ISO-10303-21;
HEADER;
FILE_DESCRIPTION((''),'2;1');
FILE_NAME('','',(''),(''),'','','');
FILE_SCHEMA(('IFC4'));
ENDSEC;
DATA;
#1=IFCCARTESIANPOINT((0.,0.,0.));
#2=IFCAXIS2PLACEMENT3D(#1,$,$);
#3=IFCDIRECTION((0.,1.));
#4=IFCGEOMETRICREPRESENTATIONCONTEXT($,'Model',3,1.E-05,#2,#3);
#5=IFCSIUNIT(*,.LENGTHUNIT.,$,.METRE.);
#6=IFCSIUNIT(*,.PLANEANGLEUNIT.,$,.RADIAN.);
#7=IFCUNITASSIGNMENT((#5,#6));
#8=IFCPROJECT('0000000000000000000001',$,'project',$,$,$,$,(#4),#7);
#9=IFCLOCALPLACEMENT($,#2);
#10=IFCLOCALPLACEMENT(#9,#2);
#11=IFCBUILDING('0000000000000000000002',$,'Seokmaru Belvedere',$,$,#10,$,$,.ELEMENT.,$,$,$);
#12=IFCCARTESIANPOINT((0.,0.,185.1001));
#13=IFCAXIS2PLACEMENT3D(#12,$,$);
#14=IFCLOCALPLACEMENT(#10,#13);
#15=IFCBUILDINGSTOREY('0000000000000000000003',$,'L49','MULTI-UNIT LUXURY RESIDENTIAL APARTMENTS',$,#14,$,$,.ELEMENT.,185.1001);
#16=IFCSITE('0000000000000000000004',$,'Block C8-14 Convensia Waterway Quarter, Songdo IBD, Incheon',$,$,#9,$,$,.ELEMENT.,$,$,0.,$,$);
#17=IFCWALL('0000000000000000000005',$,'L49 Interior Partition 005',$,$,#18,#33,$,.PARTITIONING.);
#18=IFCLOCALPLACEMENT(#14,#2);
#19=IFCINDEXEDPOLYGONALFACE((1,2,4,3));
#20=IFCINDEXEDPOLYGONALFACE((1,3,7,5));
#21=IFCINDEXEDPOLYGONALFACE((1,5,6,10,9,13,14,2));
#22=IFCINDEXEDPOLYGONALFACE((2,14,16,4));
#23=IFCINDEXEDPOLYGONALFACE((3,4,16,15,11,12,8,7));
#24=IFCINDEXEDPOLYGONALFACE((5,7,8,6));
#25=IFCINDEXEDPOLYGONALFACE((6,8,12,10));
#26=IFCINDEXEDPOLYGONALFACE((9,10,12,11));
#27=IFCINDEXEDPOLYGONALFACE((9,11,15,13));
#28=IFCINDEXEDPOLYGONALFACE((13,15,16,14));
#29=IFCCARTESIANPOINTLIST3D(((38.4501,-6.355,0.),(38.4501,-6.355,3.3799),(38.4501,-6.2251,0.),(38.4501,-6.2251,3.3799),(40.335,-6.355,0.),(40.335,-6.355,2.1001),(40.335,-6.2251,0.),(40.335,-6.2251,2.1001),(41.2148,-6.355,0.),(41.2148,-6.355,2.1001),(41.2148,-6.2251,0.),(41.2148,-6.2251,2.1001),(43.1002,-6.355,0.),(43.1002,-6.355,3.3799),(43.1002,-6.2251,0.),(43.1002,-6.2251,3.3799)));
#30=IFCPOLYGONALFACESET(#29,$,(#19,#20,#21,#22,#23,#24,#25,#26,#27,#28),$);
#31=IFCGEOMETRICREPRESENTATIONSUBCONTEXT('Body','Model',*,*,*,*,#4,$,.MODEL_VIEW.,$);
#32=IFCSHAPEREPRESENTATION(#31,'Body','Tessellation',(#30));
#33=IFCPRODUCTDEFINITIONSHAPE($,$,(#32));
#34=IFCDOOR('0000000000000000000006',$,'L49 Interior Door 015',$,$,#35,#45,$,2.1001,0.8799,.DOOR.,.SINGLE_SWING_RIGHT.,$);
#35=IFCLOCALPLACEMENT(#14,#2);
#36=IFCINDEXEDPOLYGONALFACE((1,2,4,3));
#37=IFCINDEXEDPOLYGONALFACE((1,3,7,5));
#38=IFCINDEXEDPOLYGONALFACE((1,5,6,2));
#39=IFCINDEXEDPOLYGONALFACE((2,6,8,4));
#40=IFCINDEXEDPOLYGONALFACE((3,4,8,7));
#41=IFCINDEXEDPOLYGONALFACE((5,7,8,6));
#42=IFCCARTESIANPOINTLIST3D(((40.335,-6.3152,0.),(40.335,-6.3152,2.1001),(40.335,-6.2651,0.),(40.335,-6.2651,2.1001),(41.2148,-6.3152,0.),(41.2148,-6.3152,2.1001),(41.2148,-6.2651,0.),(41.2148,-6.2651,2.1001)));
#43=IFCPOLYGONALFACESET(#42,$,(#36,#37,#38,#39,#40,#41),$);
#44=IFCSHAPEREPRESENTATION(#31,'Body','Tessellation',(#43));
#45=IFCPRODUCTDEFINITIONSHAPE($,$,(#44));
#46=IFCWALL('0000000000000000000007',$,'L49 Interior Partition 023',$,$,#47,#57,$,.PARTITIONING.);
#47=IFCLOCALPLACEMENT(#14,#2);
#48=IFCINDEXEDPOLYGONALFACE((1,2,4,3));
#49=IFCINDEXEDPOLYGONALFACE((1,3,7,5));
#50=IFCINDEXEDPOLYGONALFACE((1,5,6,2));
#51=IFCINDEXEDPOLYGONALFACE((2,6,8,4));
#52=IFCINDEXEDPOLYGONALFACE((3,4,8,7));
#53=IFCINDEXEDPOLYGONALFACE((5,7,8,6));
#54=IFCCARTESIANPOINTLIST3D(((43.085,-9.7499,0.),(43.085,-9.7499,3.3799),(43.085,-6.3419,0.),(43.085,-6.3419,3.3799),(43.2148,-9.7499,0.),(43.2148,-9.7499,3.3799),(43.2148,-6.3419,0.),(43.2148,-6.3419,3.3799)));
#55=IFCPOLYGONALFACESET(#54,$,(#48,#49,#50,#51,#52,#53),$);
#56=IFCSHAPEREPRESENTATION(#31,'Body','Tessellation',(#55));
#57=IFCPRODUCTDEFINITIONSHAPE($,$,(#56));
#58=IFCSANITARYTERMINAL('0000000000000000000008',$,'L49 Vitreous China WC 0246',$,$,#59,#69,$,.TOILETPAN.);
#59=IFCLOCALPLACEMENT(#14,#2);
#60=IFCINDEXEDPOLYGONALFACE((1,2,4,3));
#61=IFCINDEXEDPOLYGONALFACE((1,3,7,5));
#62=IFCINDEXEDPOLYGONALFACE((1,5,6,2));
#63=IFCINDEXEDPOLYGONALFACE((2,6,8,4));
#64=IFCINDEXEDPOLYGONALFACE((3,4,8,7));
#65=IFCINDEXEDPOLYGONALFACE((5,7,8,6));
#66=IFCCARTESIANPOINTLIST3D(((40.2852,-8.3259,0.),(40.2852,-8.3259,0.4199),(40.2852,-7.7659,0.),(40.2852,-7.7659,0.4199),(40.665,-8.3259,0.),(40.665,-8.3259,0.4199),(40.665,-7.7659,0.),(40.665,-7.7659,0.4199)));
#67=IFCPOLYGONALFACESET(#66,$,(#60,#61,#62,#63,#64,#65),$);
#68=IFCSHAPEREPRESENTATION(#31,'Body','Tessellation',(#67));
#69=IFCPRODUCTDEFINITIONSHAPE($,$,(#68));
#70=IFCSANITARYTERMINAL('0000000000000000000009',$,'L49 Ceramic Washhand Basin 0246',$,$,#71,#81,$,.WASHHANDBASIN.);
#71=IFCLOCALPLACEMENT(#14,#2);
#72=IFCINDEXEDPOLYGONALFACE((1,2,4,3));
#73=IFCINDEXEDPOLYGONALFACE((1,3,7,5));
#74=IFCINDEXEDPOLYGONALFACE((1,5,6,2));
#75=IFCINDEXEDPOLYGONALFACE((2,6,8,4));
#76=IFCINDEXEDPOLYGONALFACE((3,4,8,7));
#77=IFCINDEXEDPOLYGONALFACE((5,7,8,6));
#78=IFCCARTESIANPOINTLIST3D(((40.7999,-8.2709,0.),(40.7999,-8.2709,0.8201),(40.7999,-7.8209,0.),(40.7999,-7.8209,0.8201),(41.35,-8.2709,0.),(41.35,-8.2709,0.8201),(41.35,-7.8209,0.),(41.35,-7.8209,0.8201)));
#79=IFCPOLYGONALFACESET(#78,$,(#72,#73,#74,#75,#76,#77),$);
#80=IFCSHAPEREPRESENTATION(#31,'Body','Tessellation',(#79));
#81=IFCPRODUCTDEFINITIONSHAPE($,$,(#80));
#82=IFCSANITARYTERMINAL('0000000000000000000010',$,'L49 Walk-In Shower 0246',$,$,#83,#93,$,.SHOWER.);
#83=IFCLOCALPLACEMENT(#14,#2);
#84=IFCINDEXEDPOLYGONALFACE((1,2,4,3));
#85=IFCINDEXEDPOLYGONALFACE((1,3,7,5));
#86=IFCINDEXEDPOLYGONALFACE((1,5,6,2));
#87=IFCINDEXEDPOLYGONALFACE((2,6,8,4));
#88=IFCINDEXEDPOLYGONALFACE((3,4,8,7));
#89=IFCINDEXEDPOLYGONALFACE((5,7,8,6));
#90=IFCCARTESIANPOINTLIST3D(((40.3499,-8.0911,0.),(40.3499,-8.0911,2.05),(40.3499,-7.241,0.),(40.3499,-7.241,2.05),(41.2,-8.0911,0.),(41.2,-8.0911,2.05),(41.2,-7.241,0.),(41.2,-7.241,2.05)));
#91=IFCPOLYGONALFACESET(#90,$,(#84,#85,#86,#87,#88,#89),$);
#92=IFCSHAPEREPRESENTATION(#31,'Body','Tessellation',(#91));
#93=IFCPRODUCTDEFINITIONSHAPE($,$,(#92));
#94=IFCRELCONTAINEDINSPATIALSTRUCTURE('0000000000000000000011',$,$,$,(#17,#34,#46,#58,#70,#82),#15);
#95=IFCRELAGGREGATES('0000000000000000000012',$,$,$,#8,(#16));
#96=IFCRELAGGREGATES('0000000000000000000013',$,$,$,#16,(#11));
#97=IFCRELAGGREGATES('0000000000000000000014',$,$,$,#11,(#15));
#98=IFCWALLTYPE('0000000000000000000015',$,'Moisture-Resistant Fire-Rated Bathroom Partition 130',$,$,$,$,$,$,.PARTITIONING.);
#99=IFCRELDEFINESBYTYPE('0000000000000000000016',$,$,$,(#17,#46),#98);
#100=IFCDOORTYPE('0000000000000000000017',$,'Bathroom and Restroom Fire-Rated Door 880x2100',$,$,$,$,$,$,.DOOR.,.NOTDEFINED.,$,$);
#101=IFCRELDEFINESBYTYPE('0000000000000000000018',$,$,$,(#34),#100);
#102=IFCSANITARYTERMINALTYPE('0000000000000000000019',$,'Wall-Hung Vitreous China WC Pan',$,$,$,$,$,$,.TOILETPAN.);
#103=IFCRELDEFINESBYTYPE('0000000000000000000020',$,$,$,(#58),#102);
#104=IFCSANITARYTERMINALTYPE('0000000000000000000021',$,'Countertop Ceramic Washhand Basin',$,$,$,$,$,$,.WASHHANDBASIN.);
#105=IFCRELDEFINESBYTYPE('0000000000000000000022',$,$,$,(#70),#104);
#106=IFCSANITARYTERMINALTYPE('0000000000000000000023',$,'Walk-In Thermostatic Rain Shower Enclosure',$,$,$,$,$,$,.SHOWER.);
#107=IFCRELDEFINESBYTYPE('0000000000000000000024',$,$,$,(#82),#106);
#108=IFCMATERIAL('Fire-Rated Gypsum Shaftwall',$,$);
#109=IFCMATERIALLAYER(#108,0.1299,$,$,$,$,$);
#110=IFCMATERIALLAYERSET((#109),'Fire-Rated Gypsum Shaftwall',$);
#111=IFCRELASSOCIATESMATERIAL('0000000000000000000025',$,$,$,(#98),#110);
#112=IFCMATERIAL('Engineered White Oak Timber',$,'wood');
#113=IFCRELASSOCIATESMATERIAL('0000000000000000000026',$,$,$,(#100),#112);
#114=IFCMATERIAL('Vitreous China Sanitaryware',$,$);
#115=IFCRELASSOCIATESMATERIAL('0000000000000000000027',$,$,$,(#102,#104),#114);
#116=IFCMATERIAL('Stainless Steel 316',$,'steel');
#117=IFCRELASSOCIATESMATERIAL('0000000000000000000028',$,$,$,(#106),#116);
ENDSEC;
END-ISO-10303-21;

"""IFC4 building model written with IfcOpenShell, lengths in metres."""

from ifc_helpers import new_model, si_unit, direction, frame, frame_2d, origin, origin_2d, place, context, subcontext, project, spatial, rectangle, extrude, source, transform, mapped, material, layer, layer_set, type_object, type_shapes, element, fill, save


model = new_model("IFC4")

# Units and contexts
model_context = context("Model", 3, precision=1e-05, world=origin(), true_north=direction((0.0, 1.0)))
body_context = subcontext(model_context, "Body", "Model", "MODEL_VIEW")
ifc_project = project(units=[si_unit("LENGTHUNIT", "METRE"), si_unit("PLANEANGLEUNIT", "RADIAN")], contexts=[model_context])

# Site, building, storey
site_placement = place(None, origin())
site = spatial("IfcSite", under=ifc_project, at=site_placement, Name="Block C8-14 Convensia Waterway Quarter, Songdo IBD, Incheon", CompositionType="ELEMENT", RefElevation=0.0)
building_placement = place(site_placement, origin())
building = spatial("IfcBuilding", under=site, at=building_placement, Name="Seokmaru Belvedere", CompositionType="ELEMENT")
storey_placement = place(building_placement, frame((0.0, 0.0, 185.1001)))
storey = spatial("IfcBuildingStorey", under=building, at=storey_placement, Name="L49", Description="MULTI-UNIT LUXURY RESIDENTIAL APARTMENTS", CompositionType="ELEMENT", Elevation=185.1001)

# Shared definitions
ifc_material_1 = material(Name="Fire-Rated Gypsum Shaftwall")
ifc_material_2 = material(Name="Engineered White Oak Timber", Category="wood")

# Wall, opening, door
ifc_layer_1 = layer(ifc_material_1, 0.1299)
ifc_layer_set_1 = layer_set([ifc_layer_1], Name="Fire-Rated Gypsum Shaftwall")
wall_type_1 = type_object("IfcWallType", Name="Moisture-Resistant Fire-Rated Bathroom Partition 130", PredefinedType="PARTITIONING", material=ifc_layer_set_1)
wall_1_placement = place(storey_placement, frame((38.45, -6.29, 0.0), z_axis=(0.0, 0.0, 1.0), x_axis=(1.0, 0.0, 0.0)))
wall_1 = element("IfcWall", 1, at=wall_1_placement, inside=storey, type_object=wall_type_1, Name="L49 Interior Partition 005", PredefinedType="PARTITIONING", context=body_context, shape_type="SweptSolid", body=[
    extrude(rectangle(XDim=4.6501, YDim=0.1299, at=frame_2d((2.3252, 0.0))), origin(), (0.0, 0.0, 1.0), 3.3799),
])
opening_1_placement = place(wall_1_placement, frame((1.885, 0.0, 0.0)))
opening_1 = element("IfcOpeningElement", 2, at=opening_1_placement, cuts=wall_1, PredefinedType="OPENING", context=body_context, shape_type="SweptSolid", body=[
    extrude(rectangle(XDim=0.8799, YDim=2.1001, at=frame_2d((0.4399, 1.05))), frame((0.0, 0.075, 0.0), z_axis=(0.0, -1.0, 0.0), x_axis=(1.0, 0.0, 0.0)), (0.0, 0.0, 1.0), 0.1499),
])
door_type_1 = type_object("IfcDoorType", Name="Bathroom and Restroom Fire-Rated Door 880x2100", OperationType="NOTDEFINED", PredefinedType="DOOR", material=ifc_material_2)
shared_shape_1 = source(origin(), body_context, "Body", "SweptSolid", [
    extrude(rectangle(XDim=0.8799, YDim=2.1001, at=frame_2d((0.4399, 1.05))), frame((0.0, 0.0249, 0.0), z_axis=(0.0, -1.0, 0.0), x_axis=(1.0, 0.0, 0.0)), (0.0, 0.0, 1.0), 0.05),
])
type_shapes(door_type_1, [shared_shape_1])
door_1_placement = place(opening_1_placement, origin())
door_1 = element("IfcDoor", 3, at=door_1_placement, inside=storey, type_object=door_type_1, Name="L49 Interior Door 015", OperationType="SINGLE_SWING_RIGHT", OverallHeight=2.1001, OverallWidth=0.8799, PredefinedType="DOOR", context=body_context, shape_type="MappedRepresentation", body=[
    mapped(shared_shape_1, transform((0.0, 0.0, 0.0), scale=1.0)),
])
fill(opening_1, door_1)

# Wall
wall_2_placement = place(storey_placement, frame((43.1499, -9.75, 0.0), z_axis=(0.0, 0.0, 1.0), x_axis=(0.0, 1.0, 0.0)))
element("IfcWall", 4, at=wall_2_placement, inside=storey, type_object=wall_type_1, Name="L49 Interior Partition 023", PredefinedType="PARTITIONING", context=body_context, shape_type="SweptSolid", body=[
    extrude(rectangle(XDim=3.408, YDim=0.1299, at=frame_2d((1.7041, 0.0))), origin(), (0.0, 0.0, 1.0), 3.3799),
])

# Sanitary terminals
ifc_material_3 = material(Name="Vitreous China Sanitaryware")
sanitary_terminal_type_1 = type_object("IfcSanitaryTerminalType", Name="Wall-Hung Vitreous China WC Pan", PredefinedType="TOILETPAN", material=ifc_material_3)
shared_shape_2 = source(origin(), body_context, "Body", "SweptSolid", [
    extrude(rectangle(XDim=0.3799, YDim=0.5601, at=origin_2d()), origin(), (0.0, 0.0, 1.0), 0.4199),
])
type_shapes(sanitary_terminal_type_1, [shared_shape_2])
sanitary_terminal_1_placement = place(storey_placement, frame((40.4751, -8.0459, 0.0), z_axis=(0.0, 0.0, 1.0), x_axis=(1.0, 0.0, 0.0)))
element("IfcSanitaryTerminal", 5, at=sanitary_terminal_1_placement, inside=storey, type_object=sanitary_terminal_type_1, Name="L49 Vitreous China WC 0246", PredefinedType="TOILETPAN", context=body_context, shape_type="MappedRepresentation", body=[
    mapped(shared_shape_2, transform((0.0, 0.0, 0.0), scale=1.0)),
])
sanitary_terminal_type_2 = type_object("IfcSanitaryTerminalType", Name="Countertop Ceramic Washhand Basin", PredefinedType="WASHHANDBASIN", material=ifc_material_3)
shared_shape_3 = source(origin(), body_context, "Body", "SweptSolid", [
    extrude(rectangle(XDim=0.55, YDim=0.45, at=origin_2d()), origin(), (0.0, 0.0, 1.0), 0.8201),
])
type_shapes(sanitary_terminal_type_2, [shared_shape_3])
sanitary_terminal_2_placement = place(storey_placement, frame((41.075, -8.0459, 0.0), z_axis=(0.0, 0.0, 1.0), x_axis=(1.0, 0.0, 0.0)))
element("IfcSanitaryTerminal", 6, at=sanitary_terminal_2_placement, inside=storey, type_object=sanitary_terminal_type_2, Name="L49 Ceramic Washhand Basin 0246", PredefinedType="WASHHANDBASIN", context=body_context, shape_type="MappedRepresentation", body=[
    mapped(shared_shape_3, transform((0.0, 0.0, 0.0), scale=1.0)),
])
ifc_material_4 = material(Name="Stainless Steel 316", Category="steel")
sanitary_terminal_type_3 = type_object("IfcSanitaryTerminalType", Name="Walk-In Thermostatic Rain Shower Enclosure", PredefinedType="SHOWER", material=ifc_material_4)
shared_shape_4 = source(origin(), body_context, "Body", "SweptSolid", [
    extrude(rectangle(XDim=0.8501, YDim=0.8501, at=origin_2d()), origin(), (0.0, 0.0, 1.0), 2.05),
])
type_shapes(sanitary_terminal_type_3, [shared_shape_4])
sanitary_terminal_3_placement = place(storey_placement, frame((40.7749, -7.666, 0.0), z_axis=(0.0, 0.0, 1.0), x_axis=(1.0, 0.0, 0.0)))
element("IfcSanitaryTerminal", 7, at=sanitary_terminal_3_placement, inside=storey, type_object=sanitary_terminal_type_3, Name="L49 Walk-In Shower 0246", PredefinedType="SHOWER", context=body_context, shape_type="MappedRepresentation", body=[
    mapped(shared_shape_4, transform((0.0, 0.0, 0.0), scale=1.0)),
])

save(model, "model.ifc")
